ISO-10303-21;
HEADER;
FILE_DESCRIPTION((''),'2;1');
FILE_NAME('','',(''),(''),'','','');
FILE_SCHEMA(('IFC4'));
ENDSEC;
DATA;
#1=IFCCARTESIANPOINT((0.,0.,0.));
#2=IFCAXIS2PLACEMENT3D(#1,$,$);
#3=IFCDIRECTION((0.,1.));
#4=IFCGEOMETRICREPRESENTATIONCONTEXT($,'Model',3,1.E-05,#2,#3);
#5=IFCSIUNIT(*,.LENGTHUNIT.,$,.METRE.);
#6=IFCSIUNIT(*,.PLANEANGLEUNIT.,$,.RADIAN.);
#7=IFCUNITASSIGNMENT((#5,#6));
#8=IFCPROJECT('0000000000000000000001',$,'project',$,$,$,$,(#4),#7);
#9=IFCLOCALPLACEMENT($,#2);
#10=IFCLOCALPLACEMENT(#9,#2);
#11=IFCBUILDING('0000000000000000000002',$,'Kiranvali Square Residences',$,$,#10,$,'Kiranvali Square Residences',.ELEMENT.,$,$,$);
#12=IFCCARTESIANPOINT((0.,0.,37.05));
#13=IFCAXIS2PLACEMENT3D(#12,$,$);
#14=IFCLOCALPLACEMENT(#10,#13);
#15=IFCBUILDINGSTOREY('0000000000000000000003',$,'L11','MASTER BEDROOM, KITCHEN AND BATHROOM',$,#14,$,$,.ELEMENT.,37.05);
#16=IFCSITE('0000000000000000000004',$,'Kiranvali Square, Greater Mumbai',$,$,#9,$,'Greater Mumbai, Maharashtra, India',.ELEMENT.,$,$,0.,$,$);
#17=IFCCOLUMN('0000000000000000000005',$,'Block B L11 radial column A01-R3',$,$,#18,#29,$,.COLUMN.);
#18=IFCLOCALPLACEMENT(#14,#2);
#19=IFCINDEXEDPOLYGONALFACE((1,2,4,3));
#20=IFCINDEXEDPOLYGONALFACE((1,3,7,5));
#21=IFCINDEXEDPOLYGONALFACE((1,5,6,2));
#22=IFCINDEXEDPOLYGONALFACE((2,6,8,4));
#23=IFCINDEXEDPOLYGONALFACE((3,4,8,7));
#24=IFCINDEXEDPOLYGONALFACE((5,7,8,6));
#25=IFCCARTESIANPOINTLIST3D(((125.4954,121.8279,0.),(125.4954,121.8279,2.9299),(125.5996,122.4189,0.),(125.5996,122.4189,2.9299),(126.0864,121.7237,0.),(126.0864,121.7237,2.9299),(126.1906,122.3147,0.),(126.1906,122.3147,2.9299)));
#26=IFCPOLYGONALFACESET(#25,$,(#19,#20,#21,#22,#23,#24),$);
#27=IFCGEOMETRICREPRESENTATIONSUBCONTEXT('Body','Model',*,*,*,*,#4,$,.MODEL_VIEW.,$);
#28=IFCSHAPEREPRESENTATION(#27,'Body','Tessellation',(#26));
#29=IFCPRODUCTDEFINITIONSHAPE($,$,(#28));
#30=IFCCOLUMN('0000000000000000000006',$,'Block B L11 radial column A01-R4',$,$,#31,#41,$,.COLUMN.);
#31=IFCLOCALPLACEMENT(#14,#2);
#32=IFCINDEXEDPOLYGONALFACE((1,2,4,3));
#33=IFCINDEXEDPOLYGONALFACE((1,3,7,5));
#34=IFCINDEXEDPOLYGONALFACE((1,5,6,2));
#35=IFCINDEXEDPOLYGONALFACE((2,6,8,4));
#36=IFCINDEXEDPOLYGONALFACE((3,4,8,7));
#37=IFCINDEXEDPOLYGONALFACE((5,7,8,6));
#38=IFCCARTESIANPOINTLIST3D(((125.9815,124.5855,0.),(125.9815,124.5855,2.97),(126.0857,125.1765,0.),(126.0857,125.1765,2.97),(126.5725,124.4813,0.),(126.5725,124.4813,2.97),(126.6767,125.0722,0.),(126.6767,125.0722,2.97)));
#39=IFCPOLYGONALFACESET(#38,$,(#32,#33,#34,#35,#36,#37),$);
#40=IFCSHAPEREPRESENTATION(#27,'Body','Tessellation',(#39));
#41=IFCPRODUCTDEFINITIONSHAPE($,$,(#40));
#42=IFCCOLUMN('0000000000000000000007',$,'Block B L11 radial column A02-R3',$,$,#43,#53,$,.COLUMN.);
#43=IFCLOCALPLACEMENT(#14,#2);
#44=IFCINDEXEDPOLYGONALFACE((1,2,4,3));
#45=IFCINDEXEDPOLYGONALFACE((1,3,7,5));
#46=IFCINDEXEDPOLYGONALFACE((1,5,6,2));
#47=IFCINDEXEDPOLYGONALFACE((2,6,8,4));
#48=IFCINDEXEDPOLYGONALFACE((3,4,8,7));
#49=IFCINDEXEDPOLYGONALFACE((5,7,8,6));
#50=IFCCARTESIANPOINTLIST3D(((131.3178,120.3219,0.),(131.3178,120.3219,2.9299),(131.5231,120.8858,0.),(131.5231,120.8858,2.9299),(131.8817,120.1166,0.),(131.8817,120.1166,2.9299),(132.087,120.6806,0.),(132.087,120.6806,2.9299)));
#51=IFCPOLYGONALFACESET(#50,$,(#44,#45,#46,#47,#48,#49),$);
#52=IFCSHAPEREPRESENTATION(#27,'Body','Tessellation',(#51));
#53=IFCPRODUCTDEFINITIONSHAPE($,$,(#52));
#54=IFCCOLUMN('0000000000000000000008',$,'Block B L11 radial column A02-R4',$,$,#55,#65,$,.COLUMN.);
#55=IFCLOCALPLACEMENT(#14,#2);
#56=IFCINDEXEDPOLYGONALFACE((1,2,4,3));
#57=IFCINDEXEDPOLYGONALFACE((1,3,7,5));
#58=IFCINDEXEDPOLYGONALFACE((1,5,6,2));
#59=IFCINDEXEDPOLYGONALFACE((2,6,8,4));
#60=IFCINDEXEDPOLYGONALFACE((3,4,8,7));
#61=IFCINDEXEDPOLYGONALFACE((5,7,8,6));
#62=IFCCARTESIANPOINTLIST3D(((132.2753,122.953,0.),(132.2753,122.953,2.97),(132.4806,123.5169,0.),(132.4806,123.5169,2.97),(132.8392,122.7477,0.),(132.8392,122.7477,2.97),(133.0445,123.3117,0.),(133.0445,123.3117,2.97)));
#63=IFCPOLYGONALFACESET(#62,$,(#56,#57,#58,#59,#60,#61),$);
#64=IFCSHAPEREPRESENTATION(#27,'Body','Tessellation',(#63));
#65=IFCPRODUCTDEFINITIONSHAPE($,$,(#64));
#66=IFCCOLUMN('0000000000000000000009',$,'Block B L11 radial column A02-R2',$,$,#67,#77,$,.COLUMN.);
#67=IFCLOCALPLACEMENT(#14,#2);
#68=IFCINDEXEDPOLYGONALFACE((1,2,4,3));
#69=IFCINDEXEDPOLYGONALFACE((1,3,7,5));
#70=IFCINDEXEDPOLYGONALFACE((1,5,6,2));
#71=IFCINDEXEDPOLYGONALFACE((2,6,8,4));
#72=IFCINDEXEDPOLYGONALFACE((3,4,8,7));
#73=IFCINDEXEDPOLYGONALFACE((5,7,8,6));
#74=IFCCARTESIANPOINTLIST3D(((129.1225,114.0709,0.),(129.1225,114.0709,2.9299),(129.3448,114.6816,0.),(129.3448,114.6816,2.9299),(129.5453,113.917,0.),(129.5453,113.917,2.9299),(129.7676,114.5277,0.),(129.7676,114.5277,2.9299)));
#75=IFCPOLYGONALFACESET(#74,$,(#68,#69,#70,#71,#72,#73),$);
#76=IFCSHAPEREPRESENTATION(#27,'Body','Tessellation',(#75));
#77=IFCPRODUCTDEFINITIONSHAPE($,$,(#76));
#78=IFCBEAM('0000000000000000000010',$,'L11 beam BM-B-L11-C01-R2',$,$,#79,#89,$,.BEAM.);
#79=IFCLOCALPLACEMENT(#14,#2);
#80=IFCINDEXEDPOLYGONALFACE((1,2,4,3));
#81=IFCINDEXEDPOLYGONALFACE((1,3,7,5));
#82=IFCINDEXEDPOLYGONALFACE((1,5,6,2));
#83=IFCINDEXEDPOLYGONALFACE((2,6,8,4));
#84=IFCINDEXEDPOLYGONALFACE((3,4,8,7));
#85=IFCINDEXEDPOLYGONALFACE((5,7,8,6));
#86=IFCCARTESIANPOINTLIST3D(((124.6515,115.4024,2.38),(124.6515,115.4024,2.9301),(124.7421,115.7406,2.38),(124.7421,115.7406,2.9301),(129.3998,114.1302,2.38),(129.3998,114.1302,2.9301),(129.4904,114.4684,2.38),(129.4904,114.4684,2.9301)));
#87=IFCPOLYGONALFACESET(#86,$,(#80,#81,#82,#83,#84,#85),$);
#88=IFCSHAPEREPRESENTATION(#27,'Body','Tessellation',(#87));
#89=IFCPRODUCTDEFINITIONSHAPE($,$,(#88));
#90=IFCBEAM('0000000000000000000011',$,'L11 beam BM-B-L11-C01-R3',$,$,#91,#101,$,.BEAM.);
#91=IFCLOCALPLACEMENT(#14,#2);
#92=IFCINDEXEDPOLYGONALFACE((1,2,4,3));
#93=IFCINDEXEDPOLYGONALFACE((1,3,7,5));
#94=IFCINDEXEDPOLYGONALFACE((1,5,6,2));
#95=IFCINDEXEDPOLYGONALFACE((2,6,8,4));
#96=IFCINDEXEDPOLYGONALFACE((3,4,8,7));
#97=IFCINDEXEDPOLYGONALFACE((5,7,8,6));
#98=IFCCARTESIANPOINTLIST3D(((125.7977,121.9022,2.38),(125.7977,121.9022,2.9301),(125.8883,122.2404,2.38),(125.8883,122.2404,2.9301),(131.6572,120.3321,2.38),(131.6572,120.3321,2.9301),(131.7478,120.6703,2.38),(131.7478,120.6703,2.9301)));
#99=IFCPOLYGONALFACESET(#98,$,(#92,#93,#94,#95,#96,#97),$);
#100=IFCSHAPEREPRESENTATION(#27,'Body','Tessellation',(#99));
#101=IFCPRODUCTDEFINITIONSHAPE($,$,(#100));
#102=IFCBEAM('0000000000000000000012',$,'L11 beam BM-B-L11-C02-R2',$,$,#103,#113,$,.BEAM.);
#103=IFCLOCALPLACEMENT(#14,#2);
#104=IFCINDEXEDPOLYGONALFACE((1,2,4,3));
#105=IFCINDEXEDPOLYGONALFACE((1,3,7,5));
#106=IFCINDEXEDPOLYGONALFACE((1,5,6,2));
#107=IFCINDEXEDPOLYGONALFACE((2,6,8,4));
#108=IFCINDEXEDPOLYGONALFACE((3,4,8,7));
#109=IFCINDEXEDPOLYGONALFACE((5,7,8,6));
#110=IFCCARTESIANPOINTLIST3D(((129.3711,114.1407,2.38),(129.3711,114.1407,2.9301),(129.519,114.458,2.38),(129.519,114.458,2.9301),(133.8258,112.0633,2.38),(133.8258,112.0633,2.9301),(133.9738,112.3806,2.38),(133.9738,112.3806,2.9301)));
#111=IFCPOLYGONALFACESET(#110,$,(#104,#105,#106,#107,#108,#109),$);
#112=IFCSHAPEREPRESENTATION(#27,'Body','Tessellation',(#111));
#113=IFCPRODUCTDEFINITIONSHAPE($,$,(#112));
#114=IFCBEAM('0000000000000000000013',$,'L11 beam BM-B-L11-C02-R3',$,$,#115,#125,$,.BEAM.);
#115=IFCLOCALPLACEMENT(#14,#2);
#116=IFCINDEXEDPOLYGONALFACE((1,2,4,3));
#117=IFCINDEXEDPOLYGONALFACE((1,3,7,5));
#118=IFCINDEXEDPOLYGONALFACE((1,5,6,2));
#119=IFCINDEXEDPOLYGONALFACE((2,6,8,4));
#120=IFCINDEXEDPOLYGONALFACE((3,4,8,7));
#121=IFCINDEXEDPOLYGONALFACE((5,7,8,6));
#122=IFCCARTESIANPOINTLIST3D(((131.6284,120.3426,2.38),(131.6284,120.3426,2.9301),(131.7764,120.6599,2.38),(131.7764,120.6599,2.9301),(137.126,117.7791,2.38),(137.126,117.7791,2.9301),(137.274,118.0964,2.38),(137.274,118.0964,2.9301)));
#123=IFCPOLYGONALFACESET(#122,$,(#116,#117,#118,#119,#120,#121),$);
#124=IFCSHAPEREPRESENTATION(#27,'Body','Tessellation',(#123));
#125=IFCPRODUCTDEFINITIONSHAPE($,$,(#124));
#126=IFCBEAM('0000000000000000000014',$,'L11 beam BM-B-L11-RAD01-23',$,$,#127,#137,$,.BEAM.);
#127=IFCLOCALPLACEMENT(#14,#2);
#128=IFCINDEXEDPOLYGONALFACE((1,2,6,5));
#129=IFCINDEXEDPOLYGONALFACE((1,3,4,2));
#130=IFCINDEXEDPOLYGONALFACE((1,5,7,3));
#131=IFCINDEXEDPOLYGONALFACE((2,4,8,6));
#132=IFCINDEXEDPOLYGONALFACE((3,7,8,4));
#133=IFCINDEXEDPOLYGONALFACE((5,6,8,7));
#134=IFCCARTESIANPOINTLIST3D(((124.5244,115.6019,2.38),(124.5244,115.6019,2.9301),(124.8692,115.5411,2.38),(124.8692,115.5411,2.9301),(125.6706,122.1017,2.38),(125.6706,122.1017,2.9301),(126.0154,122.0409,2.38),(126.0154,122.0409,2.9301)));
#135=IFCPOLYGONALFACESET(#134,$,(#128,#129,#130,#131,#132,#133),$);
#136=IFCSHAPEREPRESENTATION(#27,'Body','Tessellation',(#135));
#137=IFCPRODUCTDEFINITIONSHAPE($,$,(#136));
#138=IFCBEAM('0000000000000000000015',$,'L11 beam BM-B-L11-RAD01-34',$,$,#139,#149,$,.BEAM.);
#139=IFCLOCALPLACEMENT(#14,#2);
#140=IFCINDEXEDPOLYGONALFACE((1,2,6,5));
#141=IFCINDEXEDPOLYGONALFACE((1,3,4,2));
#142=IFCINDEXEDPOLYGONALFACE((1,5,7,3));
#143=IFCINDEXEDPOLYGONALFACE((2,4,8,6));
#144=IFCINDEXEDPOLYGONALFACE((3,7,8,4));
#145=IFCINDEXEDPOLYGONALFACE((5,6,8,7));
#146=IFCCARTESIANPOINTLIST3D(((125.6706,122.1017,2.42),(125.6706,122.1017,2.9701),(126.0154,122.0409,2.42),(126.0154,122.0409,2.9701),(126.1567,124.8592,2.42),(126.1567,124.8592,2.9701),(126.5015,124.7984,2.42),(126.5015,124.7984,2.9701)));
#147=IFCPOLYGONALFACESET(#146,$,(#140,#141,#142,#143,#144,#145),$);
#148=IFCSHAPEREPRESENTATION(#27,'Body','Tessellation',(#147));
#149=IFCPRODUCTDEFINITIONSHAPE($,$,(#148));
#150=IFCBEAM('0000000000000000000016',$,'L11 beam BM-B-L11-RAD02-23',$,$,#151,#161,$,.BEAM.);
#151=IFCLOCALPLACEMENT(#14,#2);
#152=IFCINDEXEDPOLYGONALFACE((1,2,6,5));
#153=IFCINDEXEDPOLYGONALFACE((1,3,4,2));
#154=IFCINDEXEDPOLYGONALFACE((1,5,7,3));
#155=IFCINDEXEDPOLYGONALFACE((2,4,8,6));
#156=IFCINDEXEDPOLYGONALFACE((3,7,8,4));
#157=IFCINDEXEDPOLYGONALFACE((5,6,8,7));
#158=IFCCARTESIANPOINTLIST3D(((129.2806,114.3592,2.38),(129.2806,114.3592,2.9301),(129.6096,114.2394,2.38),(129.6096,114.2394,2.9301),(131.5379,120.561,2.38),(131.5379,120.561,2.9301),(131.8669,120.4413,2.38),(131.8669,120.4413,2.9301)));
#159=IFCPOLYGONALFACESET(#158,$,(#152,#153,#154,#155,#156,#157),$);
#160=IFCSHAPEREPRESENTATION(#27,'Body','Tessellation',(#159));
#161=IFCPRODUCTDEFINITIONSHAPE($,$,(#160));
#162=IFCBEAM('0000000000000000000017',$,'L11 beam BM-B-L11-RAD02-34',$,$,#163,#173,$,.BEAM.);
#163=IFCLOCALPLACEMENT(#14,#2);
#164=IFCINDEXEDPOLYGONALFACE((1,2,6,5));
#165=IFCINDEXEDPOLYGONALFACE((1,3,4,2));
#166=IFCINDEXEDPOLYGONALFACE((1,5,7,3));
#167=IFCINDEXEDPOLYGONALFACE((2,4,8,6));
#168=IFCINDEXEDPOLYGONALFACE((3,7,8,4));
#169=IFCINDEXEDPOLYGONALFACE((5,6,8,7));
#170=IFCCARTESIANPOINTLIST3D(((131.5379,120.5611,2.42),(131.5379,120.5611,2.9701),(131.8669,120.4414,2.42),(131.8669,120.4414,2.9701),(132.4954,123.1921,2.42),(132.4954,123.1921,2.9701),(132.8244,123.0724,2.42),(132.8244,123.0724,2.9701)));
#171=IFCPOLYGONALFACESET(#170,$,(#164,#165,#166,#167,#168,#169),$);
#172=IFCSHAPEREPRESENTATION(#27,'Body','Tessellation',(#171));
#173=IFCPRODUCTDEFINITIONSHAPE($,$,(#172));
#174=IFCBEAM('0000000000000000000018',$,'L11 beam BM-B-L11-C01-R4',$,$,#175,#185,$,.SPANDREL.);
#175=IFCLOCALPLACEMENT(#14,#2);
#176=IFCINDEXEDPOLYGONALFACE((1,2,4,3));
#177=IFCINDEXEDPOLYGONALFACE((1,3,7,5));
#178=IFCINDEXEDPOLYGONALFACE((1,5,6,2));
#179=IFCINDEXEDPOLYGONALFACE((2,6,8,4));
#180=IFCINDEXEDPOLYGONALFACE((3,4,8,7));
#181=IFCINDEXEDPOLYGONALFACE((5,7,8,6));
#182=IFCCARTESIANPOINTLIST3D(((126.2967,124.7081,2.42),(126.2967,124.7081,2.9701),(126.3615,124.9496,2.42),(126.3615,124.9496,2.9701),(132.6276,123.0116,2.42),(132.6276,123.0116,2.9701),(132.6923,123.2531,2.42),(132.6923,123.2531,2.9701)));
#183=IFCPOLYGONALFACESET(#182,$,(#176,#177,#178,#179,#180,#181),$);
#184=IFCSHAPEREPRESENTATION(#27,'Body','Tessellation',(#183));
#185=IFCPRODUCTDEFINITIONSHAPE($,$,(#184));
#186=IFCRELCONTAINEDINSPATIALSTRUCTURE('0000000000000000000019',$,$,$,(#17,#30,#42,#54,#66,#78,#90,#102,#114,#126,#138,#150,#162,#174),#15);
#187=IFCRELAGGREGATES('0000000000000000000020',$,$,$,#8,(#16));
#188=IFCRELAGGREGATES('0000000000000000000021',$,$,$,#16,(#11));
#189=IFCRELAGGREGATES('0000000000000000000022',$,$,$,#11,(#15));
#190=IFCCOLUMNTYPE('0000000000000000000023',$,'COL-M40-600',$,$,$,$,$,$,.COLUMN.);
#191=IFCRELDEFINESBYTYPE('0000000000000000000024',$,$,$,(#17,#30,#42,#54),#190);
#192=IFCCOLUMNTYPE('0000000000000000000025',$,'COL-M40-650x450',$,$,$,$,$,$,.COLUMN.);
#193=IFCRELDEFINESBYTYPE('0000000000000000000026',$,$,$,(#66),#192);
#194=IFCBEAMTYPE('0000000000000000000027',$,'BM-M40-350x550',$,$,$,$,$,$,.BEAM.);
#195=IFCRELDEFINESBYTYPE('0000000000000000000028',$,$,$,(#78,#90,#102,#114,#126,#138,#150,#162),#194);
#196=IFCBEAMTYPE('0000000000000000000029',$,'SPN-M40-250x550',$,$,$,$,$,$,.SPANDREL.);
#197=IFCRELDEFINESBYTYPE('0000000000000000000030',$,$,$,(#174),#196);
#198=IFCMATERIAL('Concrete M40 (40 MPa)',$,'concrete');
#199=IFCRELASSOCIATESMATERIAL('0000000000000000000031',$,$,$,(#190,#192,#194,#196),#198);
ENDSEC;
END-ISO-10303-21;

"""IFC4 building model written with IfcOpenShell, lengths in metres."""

from ifc_helpers import new_model, si_unit, direction, frame, origin, origin_2d, place, context, subcontext, project, spatial, rectangle, extrude, material, material_profile, profile_set, type_object, element, save


model = new_model("IFC4")

# Units and contexts
model_context = context("Model", 3, precision=1e-05, world=origin(), true_north=direction((0.0, 1.0)))
body_context = subcontext(model_context, "Body", "Model", "MODEL_VIEW")
ifc_project = project(units=[si_unit("LENGTHUNIT", "METRE"), si_unit("PLANEANGLEUNIT", "RADIAN")], contexts=[model_context])

# Site, building, storey
site_placement = place(None, origin())
site = spatial("IfcSite", under=ifc_project, at=site_placement, Name="Kiranvali Square, Greater Mumbai", LongName="Greater Mumbai, Maharashtra, India", CompositionType="ELEMENT", RefElevation=0.0)
building_placement = place(site_placement, origin())
building = spatial("IfcBuilding", under=site, at=building_placement, Name="Kiranvali Square Residences", LongName="Kiranvali Square Residences", CompositionType="ELEMENT")
storey_placement = place(building_placement, frame((0.0, 0.0, 37.05)))
storey = spatial("IfcBuildingStorey", under=building, at=storey_placement, Name="L11", Description="MASTER BEDROOM, KITCHEN AND BATHROOM", CompositionType="ELEMENT", Elevation=37.05)

# Columns
ifc_material_1 = material(Name="Concrete M40 (40 MPa)", Category="concrete")
ifc_material_profile_1 = material_profile(ifc_material_1, rectangle(XDim=0.6001, YDim=0.6001, at=origin_2d()), Name="RC 600x600")
ifc_profile_set_1 = profile_set([ifc_material_profile_1], Name="Concrete M40 (40 MPa)")
column_type_1 = type_object("IfcColumnType", Name="COL-M40-600", PredefinedType="COLUMN", material=ifc_profile_set_1)
column_1_placement = place(storey_placement, frame((125.843, 122.0713, 0.0), z_axis=(0.0, 0.0, 1.0), x_axis=(-0.984808, 0.173648, 0.0)))
element("IfcColumn", 1, at=column_1_placement, inside=storey, type_object=column_type_1, Name="Block B L11 radial column A01-R3", PredefinedType="COLUMN", context=body_context, shape_type="SweptSolid", body=[
    extrude(rectangle(XDim=0.6001, YDim=0.6001, at=origin_2d()), origin(), (0.0, 0.0, 1.0), 2.9299),
])
column_2_placement = place(storey_placement, frame((126.3291, 124.8289, 0.0), z_axis=(0.0, 0.0, 1.0), x_axis=(-0.984808, 0.173648, 0.0)))
element("IfcColumn", 2, at=column_2_placement, inside=storey, type_object=column_type_1, Name="Block B L11 radial column A01-R4", PredefinedType="COLUMN", context=body_context, shape_type="SweptSolid", body=[
    extrude(rectangle(XDim=0.6001, YDim=0.6001, at=origin_2d()), origin(), (0.0, 0.0, 1.0), 2.97),
])
column_3_placement = place(storey_placement, frame((131.7024, 120.5012, 0.0), z_axis=(0.0, 0.0, 1.0), x_axis=(-0.939693, 0.34202, 0.0)))
element("IfcColumn", 3, at=column_3_placement, inside=storey, type_object=column_type_1, Name="Block B L11 radial column A02-R3", PredefinedType="COLUMN", context=body_context, shape_type="SweptSolid", body=[
    extrude(rectangle(XDim=0.6001, YDim=0.6001, at=origin_2d()), origin(), (0.0, 0.0, 1.0), 2.9299),
])
column_4_placement = place(storey_placement, frame((132.6599, 123.1323, 0.0), z_axis=(0.0, 0.0, 1.0), x_axis=(-0.939693, 0.34202, 0.0)))
element("IfcColumn", 4, at=column_4_placement, inside=storey, type_object=column_type_1, Name="Block B L11 radial column A02-R4", PredefinedType="COLUMN", context=body_context, shape_type="SweptSolid", body=[
    extrude(rectangle(XDim=0.6001, YDim=0.6001, at=origin_2d()), origin(), (0.0, 0.0, 1.0), 2.97),
])
ifc_material_profile_2 = material_profile(ifc_material_1, rectangle(XDim=0.45, YDim=0.6499, at=origin_2d()), Name="RC 650x450")
ifc_profile_set_2 = profile_set([ifc_material_profile_2], Name="Concrete M40 (40 MPa)")
column_type_2 = type_object("IfcColumnType", Name="COL-M40-650x450", PredefinedType="COLUMN", material=ifc_profile_set_2)
column_5_placement = place(storey_placement, frame((129.4451, 114.2993, 0.0), z_axis=(0.0, 0.0, 1.0), x_axis=(-0.939693, 0.34202, 0.0)))
element("IfcColumn", 5, at=column_5_placement, inside=storey, type_object=column_type_2, Name="Block B L11 radial column A02-R2", PredefinedType="COLUMN", context=body_context, shape_type="SweptSolid", body=[
    extrude(rectangle(XDim=0.45, YDim=0.6499, at=origin_2d()), origin(), (0.0, 0.0, 1.0), 2.9299),
])

# Beams
ifc_material_profile_3 = material_profile(ifc_material_1, rectangle(XDim=0.3501, YDim=0.55, at=origin_2d()), Name="RC 350x550")
ifc_profile_set_3 = profile_set([ifc_material_profile_3], Name="Concrete M40 (40 MPa)")
beam_type_1 = type_object("IfcBeamType", Name="BM-M40-350x550", PredefinedType="BEAM", material=ifc_profile_set_3)
beam_1_placement = place(storey_placement, frame((124.6968, 115.5715, 2.655), z_axis=(0.96593, -0.258803, 0.0), x_axis=(0.258803, 0.96593, 0.0)))
element("IfcBeam", 6, at=beam_1_placement, inside=storey, type_object=beam_type_1, Name="L11 beam BM-B-L11-C01-R2", PredefinedType="BEAM", context=body_context, shape_type="SweptSolid", body=[
    extrude(rectangle(XDim=0.3501, YDim=0.55, at=origin_2d()), origin(), (0.0, 0.0, 1.0), 4.9158),
])
beam_2_placement = place(storey_placement, frame((125.843, 122.0713, 2.655), z_axis=(0.965924, -0.258827, 0.0), x_axis=(0.258827, 0.965924, 0.0)))
element("IfcBeam", 7, at=beam_2_placement, inside=storey, type_object=beam_type_1, Name="L11 beam BM-B-L11-C01-R3", PredefinedType="BEAM", context=body_context, shape_type="SweptSolid", body=[
    extrude(rectangle(XDim=0.3501, YDim=0.55, at=origin_2d()), origin(), (0.0, 0.0, 1.0), 6.0662),
])
beam_3_placement = place(storey_placement, frame((129.4451, 114.2993, 2.655), z_axis=(0.906302, -0.42263, 0.0), x_axis=(0.42263, 0.906302, 0.0)))
element("IfcBeam", 8, at=beam_3_placement, inside=storey, type_object=beam_type_1, Name="L11 beam BM-B-L11-C02-R2", PredefinedType="BEAM", context=body_context, shape_type="SweptSolid", body=[
    extrude(rectangle(XDim=0.3501, YDim=0.55, at=origin_2d()), origin(), (0.0, 0.0, 1.0), 4.9153),
])
beam_4_placement = place(storey_placement, frame((131.7024, 120.5012, 2.655), z_axis=(0.906313, -0.422608, 0.0), x_axis=(0.422608, 0.906313, 0.0)))
element("IfcBeam", 9, at=beam_4_placement, inside=storey, type_object=beam_type_1, Name="L11 beam BM-B-L11-C02-R3", PredefinedType="BEAM", context=body_context, shape_type="SweptSolid", body=[
    extrude(rectangle(XDim=0.3501, YDim=0.55, at=origin_2d()), origin(), (0.0, 0.0, 1.0), 6.0659),
])
beam_5_placement = place(storey_placement, frame((124.6968, 115.5715, 2.655), z_axis=(0.173671, 0.984804, 0.0), x_axis=(-0.984804, 0.173671, 0.0)))
element("IfcBeam", 10, at=beam_5_placement, inside=storey, type_object=beam_type_1, Name="L11 beam BM-B-L11-RAD01-23", PredefinedType="BEAM", context=body_context, shape_type="SweptSolid", body=[
    extrude(rectangle(XDim=0.3501, YDim=0.55, at=origin_2d()), origin(), (0.0, 0.0, 1.0), 6.6001),
])
beam_6_placement = place(storey_placement, frame((125.843, 122.0713, 2.6951), z_axis=(0.173596, 0.984817, 0.0), x_axis=(-0.984817, 0.173596, 0.0)))
element("IfcBeam", 11, at=beam_6_placement, inside=storey, type_object=beam_type_1, Name="L11 beam BM-B-L11-RAD01-34", PredefinedType="BEAM", context=body_context, shape_type="SweptSolid", body=[
    extrude(rectangle(XDim=0.3501, YDim=0.55, at=origin_2d()), origin(), (0.0, 0.0, 1.0), 2.8),
])
beam_7_placement = place(storey_placement, frame((129.4451, 114.2993, 2.655), z_axis=(0.342022, 0.939692, 0.0), x_axis=(-0.939692, 0.342022, 0.0)))
element("IfcBeam", 12, at=beam_7_placement, inside=storey, type_object=beam_type_1, Name="L11 beam BM-B-L11-RAD02-23", PredefinedType="BEAM", context=body_context, shape_type="SweptSolid", body=[
    extrude(rectangle(XDim=0.3501, YDim=0.55, at=origin_2d()), origin(), (0.0, 0.0, 1.0), 6.5999),
])
beam_8_placement = place(storey_placement, frame((131.7024, 120.5012, 2.6951), z_axis=(0.341981, 0.939707, 0.0), x_axis=(-0.939707, 0.341981, 0.0)))
element("IfcBeam", 13, at=beam_8_placement, inside=storey, type_object=beam_type_1, Name="L11 beam BM-B-L11-RAD02-34", PredefinedType="BEAM", context=body_context, shape_type="SweptSolid", body=[
    extrude(rectangle(XDim=0.3501, YDim=0.55, at=origin_2d()), origin(), (0.0, 0.0, 1.0), 2.7998),
])
ifc_material_profile_4 = material_profile(ifc_material_1, rectangle(XDim=0.25, YDim=0.55, at=origin_2d()), Name="RC 250x550")
ifc_profile_set_4 = profile_set([ifc_material_profile_4], Name="Concrete M40 (40 MPa)")
beam_type_2 = type_object("IfcBeamType", Name="SPN-M40-250x550", PredefinedType="SPANDREL", material=ifc_profile_set_4)
for number, where, z_axis, x_axis, name in (
    (14, (126.3291, 124.8289, 2.6951), (0.965918, -0.258847, 0.0), (0.258847, 0.965918, 0.0), "L11 beam BM-B-L11-C01-R4"),
):
    element("IfcBeam", number, at=place(storey_placement, frame(where, z_axis=z_axis, x_axis=x_axis)), inside=storey, type_object=beam_type_2, Name=name, PredefinedType="SPANDREL", context=body_context, shape_type="SweptSolid", body=[
        extrude(rectangle(XDim=0.25, YDim=0.55, at=origin_2d()), origin(), (0.0, 0.0, 1.0), 6.5542),
    ])

save(model, "model.ifc")
